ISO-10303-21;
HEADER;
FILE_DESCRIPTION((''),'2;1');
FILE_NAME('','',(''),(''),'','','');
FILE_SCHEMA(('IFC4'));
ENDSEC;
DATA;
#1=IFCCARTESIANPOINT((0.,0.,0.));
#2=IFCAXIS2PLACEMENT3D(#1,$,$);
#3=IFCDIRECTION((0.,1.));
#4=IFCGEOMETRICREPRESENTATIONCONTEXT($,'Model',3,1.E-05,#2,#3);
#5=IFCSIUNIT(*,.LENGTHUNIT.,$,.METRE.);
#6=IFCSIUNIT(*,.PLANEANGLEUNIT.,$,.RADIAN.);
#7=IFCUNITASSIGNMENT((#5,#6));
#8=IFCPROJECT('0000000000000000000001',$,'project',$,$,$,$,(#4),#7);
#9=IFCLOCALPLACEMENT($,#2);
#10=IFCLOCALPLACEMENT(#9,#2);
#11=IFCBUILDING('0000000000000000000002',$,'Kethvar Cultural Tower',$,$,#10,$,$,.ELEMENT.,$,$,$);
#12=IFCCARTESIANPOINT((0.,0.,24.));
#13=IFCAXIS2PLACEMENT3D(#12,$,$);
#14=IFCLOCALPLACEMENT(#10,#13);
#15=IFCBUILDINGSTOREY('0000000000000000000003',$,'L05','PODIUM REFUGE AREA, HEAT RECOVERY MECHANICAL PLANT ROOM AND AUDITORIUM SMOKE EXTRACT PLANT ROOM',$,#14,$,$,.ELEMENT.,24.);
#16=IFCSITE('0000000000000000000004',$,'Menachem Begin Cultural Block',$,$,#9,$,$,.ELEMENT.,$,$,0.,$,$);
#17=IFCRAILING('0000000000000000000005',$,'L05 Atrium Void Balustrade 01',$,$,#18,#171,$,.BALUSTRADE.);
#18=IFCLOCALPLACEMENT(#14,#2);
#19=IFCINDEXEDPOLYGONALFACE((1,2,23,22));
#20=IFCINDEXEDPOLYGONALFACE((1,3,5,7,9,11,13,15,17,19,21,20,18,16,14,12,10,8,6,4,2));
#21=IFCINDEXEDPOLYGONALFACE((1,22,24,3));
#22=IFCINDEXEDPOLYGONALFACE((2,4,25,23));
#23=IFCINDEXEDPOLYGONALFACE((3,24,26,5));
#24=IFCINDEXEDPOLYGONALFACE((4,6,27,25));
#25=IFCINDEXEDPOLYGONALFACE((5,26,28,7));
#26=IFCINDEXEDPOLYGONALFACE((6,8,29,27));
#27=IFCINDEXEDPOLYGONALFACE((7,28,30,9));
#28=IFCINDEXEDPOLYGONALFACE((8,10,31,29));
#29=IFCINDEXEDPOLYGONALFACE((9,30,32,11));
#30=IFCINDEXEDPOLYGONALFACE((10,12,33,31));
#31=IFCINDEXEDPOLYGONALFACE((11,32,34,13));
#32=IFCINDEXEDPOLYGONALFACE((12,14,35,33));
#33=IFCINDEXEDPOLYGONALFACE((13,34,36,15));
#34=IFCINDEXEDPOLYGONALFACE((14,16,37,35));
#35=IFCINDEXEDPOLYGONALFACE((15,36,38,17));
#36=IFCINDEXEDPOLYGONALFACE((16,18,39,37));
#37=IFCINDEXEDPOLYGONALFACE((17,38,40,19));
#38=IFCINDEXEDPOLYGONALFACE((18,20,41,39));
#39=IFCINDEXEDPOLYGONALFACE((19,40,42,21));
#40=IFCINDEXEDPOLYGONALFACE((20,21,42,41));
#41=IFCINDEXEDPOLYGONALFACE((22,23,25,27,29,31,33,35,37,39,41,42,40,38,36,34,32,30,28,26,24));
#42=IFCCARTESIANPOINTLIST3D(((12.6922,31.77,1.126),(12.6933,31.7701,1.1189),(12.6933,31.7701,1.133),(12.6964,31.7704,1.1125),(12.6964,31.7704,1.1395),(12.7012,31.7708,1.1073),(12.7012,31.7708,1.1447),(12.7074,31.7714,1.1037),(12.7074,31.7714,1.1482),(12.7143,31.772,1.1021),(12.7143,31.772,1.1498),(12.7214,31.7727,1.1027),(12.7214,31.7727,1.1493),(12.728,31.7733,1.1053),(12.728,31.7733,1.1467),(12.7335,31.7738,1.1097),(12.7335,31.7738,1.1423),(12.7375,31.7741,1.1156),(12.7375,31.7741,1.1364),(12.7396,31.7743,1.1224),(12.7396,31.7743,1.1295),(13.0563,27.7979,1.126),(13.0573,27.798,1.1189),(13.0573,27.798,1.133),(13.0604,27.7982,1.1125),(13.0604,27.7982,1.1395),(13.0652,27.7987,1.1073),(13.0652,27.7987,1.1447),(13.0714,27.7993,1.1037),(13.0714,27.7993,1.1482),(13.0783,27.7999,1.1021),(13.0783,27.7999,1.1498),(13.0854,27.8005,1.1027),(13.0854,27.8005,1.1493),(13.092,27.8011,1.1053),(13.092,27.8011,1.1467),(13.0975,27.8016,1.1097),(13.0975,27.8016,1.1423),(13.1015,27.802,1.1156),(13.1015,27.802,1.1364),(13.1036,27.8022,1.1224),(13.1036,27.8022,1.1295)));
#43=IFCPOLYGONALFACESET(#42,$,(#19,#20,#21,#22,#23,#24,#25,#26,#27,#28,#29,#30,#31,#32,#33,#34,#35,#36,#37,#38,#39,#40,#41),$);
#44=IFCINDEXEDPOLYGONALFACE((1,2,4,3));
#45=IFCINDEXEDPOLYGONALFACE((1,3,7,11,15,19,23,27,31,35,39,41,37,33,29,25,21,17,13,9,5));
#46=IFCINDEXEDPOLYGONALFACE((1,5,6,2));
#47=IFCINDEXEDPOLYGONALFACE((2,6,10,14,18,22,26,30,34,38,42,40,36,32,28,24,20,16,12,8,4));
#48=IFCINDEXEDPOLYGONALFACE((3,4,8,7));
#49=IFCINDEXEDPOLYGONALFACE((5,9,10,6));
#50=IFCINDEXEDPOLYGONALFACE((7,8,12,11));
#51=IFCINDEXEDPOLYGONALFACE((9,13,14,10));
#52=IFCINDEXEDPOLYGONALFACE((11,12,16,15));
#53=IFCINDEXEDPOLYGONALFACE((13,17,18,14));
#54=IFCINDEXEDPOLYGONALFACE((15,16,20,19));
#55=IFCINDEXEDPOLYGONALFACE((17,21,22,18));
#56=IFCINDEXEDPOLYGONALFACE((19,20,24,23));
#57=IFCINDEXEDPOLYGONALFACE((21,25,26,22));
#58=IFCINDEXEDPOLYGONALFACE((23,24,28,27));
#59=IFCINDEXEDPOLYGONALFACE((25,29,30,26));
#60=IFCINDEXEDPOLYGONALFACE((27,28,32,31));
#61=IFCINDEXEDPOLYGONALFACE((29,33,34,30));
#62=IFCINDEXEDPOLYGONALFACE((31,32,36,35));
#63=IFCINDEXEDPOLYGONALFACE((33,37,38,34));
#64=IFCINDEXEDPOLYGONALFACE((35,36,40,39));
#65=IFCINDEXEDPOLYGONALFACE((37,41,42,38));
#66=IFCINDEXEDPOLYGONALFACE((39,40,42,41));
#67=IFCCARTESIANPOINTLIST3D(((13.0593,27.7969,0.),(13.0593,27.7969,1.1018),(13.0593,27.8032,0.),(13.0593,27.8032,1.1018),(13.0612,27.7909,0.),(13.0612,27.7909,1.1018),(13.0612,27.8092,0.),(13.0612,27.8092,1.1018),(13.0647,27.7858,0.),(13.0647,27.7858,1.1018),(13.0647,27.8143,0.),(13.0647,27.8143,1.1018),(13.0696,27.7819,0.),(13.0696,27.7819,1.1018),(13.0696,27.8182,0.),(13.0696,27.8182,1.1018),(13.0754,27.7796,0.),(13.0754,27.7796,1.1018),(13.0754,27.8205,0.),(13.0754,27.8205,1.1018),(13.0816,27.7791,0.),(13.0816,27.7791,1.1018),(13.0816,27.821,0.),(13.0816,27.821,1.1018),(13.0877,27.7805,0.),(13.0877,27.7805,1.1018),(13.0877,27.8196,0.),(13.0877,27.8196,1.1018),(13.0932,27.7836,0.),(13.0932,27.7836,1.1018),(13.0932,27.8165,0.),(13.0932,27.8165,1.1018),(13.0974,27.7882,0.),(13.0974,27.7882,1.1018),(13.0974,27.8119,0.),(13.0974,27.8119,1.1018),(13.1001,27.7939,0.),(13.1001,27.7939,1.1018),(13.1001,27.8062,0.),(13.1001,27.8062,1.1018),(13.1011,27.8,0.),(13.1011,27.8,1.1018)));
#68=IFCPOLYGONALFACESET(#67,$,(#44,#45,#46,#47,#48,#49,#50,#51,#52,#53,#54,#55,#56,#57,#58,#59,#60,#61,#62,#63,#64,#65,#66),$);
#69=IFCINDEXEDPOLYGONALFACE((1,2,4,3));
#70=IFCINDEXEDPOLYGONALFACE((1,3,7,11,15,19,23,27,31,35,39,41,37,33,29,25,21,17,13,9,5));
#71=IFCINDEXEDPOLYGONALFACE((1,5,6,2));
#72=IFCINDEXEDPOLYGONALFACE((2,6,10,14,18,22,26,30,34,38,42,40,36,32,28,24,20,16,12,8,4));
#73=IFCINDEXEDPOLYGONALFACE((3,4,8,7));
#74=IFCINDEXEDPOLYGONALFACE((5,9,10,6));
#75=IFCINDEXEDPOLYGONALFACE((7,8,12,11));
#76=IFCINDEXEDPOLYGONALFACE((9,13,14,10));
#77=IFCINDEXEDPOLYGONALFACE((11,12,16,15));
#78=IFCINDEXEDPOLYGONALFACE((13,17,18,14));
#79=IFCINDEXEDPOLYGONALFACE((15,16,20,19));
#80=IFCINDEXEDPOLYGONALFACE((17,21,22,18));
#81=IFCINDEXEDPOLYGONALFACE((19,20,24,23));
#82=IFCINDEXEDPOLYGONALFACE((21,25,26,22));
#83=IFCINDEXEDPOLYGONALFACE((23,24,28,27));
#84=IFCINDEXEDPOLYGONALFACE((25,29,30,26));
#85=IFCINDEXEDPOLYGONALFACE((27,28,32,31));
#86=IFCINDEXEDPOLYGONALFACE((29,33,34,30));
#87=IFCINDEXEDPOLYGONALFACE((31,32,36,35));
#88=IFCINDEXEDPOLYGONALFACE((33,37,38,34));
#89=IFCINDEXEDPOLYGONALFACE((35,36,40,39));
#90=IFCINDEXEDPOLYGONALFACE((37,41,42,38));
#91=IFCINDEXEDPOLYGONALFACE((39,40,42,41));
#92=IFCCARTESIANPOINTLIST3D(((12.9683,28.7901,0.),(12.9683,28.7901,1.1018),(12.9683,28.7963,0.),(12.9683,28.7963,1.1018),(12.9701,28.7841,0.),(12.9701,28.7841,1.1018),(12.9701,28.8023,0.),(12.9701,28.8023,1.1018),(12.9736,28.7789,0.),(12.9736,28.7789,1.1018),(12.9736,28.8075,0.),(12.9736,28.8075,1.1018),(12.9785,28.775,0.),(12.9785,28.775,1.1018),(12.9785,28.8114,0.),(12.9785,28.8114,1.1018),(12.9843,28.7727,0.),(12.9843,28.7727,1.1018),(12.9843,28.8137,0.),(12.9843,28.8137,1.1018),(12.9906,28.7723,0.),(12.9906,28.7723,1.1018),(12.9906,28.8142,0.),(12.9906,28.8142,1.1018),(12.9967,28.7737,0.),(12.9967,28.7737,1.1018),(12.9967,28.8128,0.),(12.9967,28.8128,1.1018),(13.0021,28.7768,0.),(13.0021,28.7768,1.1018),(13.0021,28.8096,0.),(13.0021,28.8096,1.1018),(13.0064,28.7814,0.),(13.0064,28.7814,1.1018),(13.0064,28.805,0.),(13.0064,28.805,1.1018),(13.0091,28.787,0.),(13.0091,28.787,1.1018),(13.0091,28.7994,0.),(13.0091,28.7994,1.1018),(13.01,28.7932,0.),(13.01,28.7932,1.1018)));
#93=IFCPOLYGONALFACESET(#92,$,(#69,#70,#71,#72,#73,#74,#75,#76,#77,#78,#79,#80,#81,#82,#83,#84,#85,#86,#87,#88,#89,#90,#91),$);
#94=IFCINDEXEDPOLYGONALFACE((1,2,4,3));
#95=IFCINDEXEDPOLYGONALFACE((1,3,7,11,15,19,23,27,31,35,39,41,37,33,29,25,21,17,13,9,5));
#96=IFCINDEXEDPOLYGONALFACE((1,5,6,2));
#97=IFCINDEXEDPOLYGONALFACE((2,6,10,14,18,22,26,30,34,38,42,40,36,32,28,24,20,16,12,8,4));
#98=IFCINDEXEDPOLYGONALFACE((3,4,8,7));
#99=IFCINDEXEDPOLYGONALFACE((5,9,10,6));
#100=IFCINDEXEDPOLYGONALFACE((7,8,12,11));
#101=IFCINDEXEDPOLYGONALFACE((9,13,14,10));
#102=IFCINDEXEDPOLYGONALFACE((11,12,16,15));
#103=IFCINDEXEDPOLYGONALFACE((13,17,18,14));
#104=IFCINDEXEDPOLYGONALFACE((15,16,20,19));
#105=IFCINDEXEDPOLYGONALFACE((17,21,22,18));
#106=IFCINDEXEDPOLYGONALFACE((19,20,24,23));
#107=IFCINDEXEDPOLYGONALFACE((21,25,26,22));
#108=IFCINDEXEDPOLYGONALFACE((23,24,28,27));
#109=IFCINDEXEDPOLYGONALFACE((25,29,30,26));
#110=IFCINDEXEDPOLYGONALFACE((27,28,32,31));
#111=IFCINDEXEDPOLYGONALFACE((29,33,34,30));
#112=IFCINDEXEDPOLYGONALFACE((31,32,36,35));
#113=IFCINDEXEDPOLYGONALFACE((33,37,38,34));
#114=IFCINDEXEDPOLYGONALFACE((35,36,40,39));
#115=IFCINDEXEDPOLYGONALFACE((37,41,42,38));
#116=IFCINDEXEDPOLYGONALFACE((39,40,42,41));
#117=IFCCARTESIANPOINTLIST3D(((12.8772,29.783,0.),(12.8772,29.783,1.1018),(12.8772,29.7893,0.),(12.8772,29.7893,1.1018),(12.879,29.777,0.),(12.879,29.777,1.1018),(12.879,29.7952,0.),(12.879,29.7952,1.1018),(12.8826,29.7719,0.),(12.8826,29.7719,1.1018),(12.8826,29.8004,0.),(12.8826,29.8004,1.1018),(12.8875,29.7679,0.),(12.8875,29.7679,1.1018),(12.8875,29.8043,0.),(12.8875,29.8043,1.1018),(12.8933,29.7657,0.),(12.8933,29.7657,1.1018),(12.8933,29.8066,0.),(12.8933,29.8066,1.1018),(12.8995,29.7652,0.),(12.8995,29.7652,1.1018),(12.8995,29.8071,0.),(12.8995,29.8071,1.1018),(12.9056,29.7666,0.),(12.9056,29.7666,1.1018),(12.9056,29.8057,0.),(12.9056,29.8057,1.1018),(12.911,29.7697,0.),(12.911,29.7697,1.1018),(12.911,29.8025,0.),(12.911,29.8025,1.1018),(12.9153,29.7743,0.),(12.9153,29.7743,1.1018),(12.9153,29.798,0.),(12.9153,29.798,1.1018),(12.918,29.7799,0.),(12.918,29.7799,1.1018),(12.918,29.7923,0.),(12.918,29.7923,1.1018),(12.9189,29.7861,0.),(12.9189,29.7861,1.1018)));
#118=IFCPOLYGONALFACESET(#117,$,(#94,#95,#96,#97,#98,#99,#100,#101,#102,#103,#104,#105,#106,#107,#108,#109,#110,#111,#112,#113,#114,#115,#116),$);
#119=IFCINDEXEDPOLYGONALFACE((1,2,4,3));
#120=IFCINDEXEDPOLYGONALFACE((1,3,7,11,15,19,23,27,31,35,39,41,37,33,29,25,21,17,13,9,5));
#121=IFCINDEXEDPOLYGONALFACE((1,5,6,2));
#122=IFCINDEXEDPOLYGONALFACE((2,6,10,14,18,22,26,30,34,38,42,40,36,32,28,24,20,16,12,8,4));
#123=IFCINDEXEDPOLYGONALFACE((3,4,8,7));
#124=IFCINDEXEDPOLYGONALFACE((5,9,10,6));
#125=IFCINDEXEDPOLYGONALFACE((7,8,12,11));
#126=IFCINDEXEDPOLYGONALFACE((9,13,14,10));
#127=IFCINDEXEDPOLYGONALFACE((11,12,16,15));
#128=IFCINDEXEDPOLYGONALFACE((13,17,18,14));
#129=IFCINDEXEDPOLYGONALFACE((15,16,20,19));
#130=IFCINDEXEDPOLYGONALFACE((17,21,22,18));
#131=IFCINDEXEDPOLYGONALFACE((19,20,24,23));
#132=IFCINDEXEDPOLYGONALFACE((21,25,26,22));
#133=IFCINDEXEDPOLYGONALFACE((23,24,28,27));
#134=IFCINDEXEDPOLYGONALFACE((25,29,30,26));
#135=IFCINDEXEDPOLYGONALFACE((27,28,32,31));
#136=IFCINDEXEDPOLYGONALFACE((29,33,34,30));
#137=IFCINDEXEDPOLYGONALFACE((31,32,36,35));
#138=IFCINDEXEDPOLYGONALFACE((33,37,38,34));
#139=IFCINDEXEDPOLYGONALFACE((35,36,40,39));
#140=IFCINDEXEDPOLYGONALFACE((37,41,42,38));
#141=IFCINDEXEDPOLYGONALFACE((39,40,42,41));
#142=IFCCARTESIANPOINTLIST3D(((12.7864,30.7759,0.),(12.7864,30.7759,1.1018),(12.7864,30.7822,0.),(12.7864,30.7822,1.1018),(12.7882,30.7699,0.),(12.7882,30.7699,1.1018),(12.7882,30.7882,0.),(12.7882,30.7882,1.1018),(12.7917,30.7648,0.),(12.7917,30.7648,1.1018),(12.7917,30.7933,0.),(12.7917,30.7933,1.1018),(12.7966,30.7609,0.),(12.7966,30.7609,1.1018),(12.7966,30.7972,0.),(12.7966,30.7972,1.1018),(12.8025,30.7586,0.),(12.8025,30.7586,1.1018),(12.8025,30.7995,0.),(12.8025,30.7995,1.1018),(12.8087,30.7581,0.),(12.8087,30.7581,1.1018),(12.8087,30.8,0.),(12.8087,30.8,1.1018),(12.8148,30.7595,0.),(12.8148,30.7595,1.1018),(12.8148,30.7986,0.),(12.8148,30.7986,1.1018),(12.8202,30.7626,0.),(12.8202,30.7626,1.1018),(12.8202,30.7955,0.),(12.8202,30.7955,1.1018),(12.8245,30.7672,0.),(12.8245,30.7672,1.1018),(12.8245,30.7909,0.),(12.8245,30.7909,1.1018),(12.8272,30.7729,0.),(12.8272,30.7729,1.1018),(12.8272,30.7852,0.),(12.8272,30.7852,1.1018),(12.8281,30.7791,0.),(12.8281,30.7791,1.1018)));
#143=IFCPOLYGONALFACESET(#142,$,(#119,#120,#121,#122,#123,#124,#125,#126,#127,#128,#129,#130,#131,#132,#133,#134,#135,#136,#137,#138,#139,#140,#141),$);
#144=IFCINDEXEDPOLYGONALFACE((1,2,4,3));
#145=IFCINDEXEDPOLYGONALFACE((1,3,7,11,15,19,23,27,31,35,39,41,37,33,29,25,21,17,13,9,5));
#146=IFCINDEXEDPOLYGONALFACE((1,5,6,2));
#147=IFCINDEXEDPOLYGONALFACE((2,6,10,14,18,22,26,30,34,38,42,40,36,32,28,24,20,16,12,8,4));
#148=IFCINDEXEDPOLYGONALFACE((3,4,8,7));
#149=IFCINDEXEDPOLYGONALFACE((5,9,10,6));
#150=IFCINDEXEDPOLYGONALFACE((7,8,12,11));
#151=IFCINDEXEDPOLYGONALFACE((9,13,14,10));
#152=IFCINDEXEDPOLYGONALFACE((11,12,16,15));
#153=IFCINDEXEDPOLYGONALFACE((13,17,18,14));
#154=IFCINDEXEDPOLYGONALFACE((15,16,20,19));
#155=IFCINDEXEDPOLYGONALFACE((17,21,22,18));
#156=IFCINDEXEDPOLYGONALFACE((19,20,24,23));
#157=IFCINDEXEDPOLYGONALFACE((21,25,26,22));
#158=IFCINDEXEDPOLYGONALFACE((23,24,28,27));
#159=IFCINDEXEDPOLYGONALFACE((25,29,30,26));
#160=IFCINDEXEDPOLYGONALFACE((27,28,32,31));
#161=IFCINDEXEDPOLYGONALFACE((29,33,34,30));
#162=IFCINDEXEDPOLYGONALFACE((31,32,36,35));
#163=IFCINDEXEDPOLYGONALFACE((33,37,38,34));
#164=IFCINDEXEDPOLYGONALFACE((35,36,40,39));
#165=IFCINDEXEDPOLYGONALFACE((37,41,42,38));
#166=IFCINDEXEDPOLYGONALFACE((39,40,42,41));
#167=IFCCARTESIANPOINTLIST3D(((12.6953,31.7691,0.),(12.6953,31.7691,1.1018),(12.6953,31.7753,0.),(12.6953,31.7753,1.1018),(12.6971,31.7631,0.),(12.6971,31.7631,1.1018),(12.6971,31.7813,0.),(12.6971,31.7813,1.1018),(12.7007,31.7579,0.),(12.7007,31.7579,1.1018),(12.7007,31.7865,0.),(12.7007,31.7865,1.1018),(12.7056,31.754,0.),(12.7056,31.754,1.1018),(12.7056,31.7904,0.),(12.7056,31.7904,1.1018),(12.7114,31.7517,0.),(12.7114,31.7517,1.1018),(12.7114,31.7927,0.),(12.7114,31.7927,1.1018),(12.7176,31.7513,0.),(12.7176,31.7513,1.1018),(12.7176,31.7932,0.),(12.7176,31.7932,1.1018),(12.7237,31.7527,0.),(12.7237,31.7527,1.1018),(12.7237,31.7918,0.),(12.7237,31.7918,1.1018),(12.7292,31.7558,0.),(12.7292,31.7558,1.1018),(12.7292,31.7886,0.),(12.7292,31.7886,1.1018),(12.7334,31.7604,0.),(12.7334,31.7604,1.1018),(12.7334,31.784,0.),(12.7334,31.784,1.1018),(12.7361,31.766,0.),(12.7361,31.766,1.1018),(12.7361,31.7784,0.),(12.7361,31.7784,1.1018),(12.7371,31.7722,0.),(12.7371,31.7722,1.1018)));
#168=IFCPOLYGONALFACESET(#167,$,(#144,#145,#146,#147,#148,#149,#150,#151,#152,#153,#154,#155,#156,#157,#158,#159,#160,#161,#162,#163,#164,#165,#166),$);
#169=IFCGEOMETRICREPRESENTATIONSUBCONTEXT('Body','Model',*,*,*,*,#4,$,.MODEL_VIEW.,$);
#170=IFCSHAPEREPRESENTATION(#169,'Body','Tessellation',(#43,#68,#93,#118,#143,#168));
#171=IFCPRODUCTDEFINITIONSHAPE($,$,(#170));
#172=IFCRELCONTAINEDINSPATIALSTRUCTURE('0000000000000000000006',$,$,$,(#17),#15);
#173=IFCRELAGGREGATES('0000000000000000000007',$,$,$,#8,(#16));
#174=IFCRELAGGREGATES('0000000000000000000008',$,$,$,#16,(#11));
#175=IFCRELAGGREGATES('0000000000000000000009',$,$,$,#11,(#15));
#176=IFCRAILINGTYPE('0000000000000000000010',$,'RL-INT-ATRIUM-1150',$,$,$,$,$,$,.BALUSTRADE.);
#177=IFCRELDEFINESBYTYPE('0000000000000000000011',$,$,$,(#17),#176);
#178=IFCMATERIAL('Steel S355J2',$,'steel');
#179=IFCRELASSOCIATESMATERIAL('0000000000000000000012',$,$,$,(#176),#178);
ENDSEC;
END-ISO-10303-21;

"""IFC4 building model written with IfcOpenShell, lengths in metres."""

from ifc_helpers import new_model, si_unit, direction, frame, origin, origin_2d, place, context, subcontext, project, spatial, circle, extrude, material, type_object, element, save


model = new_model("IFC4")

# Units and contexts
model_context = context("Model", 3, precision=1e-05, world=origin(), true_north=direction((0.0, 1.0)))
body_context = subcontext(model_context, "Body", "Model", "MODEL_VIEW")
ifc_project = project(units=[si_unit("LENGTHUNIT", "METRE"), si_unit("PLANEANGLEUNIT", "RADIAN")], contexts=[model_context])

# Site, building, storey
site_placement = place(None, origin())
site = spatial("IfcSite", under=ifc_project, at=site_placement, Name="Menachem Begin Cultural Block", CompositionType="ELEMENT", RefElevation=0.0)
building_placement = place(site_placement, origin())
building = spatial("IfcBuilding", under=site, at=building_placement, Name="Kethvar Cultural Tower", CompositionType="ELEMENT")
storey_placement = place(building_placement, frame((0.0, 0.0, 24.0)))
storey = spatial("IfcBuildingStorey", under=building, at=storey_placement, Name="L05", Description="PODIUM REFUGE AREA, HEAT RECOVERY MECHANICAL PLANT ROOM AND AUDITORIUM SMOKE EXTRACT PLANT ROOM", CompositionType="ELEMENT", Elevation=24.0)

# Shared definitions
ifc_material_1 = material(Name="Steel S355J2", Category="steel")

# Railing
railing_type = type_object("IfcRailingType", Name="RL-INT-ATRIUM-1150", PredefinedType="BALUSTRADE", material=ifc_material_1)
railing_1_placement = place(storey_placement, frame((13.0801, 27.8, 0.0)))
element("IfcRailing", 1, at=railing_1_placement, inside=storey, type_object=railing_type, Name="L05 Atrium Void Balustrade 01", PredefinedType="BALUSTRADE", context=body_context, shape_type="SweptSolid", body=[
    extrude(circle(Radius=0.0239, at=origin_2d()), frame((0.0, 0.0, 1.126), z_axis=(-0.091259, 0.995827, 0.0), x_axis=(-0.995827, -0.091259, 0.0)), (0.0, 0.0, 1.0), 3.9888),
    extrude(circle(Radius=0.021, at=origin_2d()), origin(), (0.0, 0.0, 1.0), 1.1018),
    extrude(circle(Radius=0.021, at=origin_2d()), frame((-0.0911, 0.9932, 0.0)), (0.0, 0.0, 1.0), 1.1018),
    extrude(circle(Radius=0.021, at=origin_2d()), frame((-0.1821, 1.9861, 0.0)), (0.0, 0.0, 1.0), 1.1018),
    extrude(circle(Radius=0.021, at=origin_2d()), frame((-0.2729, 2.979, 0.0)), (0.0, 0.0, 1.0), 1.1018),
    extrude(circle(Radius=0.021, at=origin_2d()), frame((-0.364, 3.9722, 0.0)), (0.0, 0.0, 1.0), 1.1018),
])

save(model, "model.ifc")
